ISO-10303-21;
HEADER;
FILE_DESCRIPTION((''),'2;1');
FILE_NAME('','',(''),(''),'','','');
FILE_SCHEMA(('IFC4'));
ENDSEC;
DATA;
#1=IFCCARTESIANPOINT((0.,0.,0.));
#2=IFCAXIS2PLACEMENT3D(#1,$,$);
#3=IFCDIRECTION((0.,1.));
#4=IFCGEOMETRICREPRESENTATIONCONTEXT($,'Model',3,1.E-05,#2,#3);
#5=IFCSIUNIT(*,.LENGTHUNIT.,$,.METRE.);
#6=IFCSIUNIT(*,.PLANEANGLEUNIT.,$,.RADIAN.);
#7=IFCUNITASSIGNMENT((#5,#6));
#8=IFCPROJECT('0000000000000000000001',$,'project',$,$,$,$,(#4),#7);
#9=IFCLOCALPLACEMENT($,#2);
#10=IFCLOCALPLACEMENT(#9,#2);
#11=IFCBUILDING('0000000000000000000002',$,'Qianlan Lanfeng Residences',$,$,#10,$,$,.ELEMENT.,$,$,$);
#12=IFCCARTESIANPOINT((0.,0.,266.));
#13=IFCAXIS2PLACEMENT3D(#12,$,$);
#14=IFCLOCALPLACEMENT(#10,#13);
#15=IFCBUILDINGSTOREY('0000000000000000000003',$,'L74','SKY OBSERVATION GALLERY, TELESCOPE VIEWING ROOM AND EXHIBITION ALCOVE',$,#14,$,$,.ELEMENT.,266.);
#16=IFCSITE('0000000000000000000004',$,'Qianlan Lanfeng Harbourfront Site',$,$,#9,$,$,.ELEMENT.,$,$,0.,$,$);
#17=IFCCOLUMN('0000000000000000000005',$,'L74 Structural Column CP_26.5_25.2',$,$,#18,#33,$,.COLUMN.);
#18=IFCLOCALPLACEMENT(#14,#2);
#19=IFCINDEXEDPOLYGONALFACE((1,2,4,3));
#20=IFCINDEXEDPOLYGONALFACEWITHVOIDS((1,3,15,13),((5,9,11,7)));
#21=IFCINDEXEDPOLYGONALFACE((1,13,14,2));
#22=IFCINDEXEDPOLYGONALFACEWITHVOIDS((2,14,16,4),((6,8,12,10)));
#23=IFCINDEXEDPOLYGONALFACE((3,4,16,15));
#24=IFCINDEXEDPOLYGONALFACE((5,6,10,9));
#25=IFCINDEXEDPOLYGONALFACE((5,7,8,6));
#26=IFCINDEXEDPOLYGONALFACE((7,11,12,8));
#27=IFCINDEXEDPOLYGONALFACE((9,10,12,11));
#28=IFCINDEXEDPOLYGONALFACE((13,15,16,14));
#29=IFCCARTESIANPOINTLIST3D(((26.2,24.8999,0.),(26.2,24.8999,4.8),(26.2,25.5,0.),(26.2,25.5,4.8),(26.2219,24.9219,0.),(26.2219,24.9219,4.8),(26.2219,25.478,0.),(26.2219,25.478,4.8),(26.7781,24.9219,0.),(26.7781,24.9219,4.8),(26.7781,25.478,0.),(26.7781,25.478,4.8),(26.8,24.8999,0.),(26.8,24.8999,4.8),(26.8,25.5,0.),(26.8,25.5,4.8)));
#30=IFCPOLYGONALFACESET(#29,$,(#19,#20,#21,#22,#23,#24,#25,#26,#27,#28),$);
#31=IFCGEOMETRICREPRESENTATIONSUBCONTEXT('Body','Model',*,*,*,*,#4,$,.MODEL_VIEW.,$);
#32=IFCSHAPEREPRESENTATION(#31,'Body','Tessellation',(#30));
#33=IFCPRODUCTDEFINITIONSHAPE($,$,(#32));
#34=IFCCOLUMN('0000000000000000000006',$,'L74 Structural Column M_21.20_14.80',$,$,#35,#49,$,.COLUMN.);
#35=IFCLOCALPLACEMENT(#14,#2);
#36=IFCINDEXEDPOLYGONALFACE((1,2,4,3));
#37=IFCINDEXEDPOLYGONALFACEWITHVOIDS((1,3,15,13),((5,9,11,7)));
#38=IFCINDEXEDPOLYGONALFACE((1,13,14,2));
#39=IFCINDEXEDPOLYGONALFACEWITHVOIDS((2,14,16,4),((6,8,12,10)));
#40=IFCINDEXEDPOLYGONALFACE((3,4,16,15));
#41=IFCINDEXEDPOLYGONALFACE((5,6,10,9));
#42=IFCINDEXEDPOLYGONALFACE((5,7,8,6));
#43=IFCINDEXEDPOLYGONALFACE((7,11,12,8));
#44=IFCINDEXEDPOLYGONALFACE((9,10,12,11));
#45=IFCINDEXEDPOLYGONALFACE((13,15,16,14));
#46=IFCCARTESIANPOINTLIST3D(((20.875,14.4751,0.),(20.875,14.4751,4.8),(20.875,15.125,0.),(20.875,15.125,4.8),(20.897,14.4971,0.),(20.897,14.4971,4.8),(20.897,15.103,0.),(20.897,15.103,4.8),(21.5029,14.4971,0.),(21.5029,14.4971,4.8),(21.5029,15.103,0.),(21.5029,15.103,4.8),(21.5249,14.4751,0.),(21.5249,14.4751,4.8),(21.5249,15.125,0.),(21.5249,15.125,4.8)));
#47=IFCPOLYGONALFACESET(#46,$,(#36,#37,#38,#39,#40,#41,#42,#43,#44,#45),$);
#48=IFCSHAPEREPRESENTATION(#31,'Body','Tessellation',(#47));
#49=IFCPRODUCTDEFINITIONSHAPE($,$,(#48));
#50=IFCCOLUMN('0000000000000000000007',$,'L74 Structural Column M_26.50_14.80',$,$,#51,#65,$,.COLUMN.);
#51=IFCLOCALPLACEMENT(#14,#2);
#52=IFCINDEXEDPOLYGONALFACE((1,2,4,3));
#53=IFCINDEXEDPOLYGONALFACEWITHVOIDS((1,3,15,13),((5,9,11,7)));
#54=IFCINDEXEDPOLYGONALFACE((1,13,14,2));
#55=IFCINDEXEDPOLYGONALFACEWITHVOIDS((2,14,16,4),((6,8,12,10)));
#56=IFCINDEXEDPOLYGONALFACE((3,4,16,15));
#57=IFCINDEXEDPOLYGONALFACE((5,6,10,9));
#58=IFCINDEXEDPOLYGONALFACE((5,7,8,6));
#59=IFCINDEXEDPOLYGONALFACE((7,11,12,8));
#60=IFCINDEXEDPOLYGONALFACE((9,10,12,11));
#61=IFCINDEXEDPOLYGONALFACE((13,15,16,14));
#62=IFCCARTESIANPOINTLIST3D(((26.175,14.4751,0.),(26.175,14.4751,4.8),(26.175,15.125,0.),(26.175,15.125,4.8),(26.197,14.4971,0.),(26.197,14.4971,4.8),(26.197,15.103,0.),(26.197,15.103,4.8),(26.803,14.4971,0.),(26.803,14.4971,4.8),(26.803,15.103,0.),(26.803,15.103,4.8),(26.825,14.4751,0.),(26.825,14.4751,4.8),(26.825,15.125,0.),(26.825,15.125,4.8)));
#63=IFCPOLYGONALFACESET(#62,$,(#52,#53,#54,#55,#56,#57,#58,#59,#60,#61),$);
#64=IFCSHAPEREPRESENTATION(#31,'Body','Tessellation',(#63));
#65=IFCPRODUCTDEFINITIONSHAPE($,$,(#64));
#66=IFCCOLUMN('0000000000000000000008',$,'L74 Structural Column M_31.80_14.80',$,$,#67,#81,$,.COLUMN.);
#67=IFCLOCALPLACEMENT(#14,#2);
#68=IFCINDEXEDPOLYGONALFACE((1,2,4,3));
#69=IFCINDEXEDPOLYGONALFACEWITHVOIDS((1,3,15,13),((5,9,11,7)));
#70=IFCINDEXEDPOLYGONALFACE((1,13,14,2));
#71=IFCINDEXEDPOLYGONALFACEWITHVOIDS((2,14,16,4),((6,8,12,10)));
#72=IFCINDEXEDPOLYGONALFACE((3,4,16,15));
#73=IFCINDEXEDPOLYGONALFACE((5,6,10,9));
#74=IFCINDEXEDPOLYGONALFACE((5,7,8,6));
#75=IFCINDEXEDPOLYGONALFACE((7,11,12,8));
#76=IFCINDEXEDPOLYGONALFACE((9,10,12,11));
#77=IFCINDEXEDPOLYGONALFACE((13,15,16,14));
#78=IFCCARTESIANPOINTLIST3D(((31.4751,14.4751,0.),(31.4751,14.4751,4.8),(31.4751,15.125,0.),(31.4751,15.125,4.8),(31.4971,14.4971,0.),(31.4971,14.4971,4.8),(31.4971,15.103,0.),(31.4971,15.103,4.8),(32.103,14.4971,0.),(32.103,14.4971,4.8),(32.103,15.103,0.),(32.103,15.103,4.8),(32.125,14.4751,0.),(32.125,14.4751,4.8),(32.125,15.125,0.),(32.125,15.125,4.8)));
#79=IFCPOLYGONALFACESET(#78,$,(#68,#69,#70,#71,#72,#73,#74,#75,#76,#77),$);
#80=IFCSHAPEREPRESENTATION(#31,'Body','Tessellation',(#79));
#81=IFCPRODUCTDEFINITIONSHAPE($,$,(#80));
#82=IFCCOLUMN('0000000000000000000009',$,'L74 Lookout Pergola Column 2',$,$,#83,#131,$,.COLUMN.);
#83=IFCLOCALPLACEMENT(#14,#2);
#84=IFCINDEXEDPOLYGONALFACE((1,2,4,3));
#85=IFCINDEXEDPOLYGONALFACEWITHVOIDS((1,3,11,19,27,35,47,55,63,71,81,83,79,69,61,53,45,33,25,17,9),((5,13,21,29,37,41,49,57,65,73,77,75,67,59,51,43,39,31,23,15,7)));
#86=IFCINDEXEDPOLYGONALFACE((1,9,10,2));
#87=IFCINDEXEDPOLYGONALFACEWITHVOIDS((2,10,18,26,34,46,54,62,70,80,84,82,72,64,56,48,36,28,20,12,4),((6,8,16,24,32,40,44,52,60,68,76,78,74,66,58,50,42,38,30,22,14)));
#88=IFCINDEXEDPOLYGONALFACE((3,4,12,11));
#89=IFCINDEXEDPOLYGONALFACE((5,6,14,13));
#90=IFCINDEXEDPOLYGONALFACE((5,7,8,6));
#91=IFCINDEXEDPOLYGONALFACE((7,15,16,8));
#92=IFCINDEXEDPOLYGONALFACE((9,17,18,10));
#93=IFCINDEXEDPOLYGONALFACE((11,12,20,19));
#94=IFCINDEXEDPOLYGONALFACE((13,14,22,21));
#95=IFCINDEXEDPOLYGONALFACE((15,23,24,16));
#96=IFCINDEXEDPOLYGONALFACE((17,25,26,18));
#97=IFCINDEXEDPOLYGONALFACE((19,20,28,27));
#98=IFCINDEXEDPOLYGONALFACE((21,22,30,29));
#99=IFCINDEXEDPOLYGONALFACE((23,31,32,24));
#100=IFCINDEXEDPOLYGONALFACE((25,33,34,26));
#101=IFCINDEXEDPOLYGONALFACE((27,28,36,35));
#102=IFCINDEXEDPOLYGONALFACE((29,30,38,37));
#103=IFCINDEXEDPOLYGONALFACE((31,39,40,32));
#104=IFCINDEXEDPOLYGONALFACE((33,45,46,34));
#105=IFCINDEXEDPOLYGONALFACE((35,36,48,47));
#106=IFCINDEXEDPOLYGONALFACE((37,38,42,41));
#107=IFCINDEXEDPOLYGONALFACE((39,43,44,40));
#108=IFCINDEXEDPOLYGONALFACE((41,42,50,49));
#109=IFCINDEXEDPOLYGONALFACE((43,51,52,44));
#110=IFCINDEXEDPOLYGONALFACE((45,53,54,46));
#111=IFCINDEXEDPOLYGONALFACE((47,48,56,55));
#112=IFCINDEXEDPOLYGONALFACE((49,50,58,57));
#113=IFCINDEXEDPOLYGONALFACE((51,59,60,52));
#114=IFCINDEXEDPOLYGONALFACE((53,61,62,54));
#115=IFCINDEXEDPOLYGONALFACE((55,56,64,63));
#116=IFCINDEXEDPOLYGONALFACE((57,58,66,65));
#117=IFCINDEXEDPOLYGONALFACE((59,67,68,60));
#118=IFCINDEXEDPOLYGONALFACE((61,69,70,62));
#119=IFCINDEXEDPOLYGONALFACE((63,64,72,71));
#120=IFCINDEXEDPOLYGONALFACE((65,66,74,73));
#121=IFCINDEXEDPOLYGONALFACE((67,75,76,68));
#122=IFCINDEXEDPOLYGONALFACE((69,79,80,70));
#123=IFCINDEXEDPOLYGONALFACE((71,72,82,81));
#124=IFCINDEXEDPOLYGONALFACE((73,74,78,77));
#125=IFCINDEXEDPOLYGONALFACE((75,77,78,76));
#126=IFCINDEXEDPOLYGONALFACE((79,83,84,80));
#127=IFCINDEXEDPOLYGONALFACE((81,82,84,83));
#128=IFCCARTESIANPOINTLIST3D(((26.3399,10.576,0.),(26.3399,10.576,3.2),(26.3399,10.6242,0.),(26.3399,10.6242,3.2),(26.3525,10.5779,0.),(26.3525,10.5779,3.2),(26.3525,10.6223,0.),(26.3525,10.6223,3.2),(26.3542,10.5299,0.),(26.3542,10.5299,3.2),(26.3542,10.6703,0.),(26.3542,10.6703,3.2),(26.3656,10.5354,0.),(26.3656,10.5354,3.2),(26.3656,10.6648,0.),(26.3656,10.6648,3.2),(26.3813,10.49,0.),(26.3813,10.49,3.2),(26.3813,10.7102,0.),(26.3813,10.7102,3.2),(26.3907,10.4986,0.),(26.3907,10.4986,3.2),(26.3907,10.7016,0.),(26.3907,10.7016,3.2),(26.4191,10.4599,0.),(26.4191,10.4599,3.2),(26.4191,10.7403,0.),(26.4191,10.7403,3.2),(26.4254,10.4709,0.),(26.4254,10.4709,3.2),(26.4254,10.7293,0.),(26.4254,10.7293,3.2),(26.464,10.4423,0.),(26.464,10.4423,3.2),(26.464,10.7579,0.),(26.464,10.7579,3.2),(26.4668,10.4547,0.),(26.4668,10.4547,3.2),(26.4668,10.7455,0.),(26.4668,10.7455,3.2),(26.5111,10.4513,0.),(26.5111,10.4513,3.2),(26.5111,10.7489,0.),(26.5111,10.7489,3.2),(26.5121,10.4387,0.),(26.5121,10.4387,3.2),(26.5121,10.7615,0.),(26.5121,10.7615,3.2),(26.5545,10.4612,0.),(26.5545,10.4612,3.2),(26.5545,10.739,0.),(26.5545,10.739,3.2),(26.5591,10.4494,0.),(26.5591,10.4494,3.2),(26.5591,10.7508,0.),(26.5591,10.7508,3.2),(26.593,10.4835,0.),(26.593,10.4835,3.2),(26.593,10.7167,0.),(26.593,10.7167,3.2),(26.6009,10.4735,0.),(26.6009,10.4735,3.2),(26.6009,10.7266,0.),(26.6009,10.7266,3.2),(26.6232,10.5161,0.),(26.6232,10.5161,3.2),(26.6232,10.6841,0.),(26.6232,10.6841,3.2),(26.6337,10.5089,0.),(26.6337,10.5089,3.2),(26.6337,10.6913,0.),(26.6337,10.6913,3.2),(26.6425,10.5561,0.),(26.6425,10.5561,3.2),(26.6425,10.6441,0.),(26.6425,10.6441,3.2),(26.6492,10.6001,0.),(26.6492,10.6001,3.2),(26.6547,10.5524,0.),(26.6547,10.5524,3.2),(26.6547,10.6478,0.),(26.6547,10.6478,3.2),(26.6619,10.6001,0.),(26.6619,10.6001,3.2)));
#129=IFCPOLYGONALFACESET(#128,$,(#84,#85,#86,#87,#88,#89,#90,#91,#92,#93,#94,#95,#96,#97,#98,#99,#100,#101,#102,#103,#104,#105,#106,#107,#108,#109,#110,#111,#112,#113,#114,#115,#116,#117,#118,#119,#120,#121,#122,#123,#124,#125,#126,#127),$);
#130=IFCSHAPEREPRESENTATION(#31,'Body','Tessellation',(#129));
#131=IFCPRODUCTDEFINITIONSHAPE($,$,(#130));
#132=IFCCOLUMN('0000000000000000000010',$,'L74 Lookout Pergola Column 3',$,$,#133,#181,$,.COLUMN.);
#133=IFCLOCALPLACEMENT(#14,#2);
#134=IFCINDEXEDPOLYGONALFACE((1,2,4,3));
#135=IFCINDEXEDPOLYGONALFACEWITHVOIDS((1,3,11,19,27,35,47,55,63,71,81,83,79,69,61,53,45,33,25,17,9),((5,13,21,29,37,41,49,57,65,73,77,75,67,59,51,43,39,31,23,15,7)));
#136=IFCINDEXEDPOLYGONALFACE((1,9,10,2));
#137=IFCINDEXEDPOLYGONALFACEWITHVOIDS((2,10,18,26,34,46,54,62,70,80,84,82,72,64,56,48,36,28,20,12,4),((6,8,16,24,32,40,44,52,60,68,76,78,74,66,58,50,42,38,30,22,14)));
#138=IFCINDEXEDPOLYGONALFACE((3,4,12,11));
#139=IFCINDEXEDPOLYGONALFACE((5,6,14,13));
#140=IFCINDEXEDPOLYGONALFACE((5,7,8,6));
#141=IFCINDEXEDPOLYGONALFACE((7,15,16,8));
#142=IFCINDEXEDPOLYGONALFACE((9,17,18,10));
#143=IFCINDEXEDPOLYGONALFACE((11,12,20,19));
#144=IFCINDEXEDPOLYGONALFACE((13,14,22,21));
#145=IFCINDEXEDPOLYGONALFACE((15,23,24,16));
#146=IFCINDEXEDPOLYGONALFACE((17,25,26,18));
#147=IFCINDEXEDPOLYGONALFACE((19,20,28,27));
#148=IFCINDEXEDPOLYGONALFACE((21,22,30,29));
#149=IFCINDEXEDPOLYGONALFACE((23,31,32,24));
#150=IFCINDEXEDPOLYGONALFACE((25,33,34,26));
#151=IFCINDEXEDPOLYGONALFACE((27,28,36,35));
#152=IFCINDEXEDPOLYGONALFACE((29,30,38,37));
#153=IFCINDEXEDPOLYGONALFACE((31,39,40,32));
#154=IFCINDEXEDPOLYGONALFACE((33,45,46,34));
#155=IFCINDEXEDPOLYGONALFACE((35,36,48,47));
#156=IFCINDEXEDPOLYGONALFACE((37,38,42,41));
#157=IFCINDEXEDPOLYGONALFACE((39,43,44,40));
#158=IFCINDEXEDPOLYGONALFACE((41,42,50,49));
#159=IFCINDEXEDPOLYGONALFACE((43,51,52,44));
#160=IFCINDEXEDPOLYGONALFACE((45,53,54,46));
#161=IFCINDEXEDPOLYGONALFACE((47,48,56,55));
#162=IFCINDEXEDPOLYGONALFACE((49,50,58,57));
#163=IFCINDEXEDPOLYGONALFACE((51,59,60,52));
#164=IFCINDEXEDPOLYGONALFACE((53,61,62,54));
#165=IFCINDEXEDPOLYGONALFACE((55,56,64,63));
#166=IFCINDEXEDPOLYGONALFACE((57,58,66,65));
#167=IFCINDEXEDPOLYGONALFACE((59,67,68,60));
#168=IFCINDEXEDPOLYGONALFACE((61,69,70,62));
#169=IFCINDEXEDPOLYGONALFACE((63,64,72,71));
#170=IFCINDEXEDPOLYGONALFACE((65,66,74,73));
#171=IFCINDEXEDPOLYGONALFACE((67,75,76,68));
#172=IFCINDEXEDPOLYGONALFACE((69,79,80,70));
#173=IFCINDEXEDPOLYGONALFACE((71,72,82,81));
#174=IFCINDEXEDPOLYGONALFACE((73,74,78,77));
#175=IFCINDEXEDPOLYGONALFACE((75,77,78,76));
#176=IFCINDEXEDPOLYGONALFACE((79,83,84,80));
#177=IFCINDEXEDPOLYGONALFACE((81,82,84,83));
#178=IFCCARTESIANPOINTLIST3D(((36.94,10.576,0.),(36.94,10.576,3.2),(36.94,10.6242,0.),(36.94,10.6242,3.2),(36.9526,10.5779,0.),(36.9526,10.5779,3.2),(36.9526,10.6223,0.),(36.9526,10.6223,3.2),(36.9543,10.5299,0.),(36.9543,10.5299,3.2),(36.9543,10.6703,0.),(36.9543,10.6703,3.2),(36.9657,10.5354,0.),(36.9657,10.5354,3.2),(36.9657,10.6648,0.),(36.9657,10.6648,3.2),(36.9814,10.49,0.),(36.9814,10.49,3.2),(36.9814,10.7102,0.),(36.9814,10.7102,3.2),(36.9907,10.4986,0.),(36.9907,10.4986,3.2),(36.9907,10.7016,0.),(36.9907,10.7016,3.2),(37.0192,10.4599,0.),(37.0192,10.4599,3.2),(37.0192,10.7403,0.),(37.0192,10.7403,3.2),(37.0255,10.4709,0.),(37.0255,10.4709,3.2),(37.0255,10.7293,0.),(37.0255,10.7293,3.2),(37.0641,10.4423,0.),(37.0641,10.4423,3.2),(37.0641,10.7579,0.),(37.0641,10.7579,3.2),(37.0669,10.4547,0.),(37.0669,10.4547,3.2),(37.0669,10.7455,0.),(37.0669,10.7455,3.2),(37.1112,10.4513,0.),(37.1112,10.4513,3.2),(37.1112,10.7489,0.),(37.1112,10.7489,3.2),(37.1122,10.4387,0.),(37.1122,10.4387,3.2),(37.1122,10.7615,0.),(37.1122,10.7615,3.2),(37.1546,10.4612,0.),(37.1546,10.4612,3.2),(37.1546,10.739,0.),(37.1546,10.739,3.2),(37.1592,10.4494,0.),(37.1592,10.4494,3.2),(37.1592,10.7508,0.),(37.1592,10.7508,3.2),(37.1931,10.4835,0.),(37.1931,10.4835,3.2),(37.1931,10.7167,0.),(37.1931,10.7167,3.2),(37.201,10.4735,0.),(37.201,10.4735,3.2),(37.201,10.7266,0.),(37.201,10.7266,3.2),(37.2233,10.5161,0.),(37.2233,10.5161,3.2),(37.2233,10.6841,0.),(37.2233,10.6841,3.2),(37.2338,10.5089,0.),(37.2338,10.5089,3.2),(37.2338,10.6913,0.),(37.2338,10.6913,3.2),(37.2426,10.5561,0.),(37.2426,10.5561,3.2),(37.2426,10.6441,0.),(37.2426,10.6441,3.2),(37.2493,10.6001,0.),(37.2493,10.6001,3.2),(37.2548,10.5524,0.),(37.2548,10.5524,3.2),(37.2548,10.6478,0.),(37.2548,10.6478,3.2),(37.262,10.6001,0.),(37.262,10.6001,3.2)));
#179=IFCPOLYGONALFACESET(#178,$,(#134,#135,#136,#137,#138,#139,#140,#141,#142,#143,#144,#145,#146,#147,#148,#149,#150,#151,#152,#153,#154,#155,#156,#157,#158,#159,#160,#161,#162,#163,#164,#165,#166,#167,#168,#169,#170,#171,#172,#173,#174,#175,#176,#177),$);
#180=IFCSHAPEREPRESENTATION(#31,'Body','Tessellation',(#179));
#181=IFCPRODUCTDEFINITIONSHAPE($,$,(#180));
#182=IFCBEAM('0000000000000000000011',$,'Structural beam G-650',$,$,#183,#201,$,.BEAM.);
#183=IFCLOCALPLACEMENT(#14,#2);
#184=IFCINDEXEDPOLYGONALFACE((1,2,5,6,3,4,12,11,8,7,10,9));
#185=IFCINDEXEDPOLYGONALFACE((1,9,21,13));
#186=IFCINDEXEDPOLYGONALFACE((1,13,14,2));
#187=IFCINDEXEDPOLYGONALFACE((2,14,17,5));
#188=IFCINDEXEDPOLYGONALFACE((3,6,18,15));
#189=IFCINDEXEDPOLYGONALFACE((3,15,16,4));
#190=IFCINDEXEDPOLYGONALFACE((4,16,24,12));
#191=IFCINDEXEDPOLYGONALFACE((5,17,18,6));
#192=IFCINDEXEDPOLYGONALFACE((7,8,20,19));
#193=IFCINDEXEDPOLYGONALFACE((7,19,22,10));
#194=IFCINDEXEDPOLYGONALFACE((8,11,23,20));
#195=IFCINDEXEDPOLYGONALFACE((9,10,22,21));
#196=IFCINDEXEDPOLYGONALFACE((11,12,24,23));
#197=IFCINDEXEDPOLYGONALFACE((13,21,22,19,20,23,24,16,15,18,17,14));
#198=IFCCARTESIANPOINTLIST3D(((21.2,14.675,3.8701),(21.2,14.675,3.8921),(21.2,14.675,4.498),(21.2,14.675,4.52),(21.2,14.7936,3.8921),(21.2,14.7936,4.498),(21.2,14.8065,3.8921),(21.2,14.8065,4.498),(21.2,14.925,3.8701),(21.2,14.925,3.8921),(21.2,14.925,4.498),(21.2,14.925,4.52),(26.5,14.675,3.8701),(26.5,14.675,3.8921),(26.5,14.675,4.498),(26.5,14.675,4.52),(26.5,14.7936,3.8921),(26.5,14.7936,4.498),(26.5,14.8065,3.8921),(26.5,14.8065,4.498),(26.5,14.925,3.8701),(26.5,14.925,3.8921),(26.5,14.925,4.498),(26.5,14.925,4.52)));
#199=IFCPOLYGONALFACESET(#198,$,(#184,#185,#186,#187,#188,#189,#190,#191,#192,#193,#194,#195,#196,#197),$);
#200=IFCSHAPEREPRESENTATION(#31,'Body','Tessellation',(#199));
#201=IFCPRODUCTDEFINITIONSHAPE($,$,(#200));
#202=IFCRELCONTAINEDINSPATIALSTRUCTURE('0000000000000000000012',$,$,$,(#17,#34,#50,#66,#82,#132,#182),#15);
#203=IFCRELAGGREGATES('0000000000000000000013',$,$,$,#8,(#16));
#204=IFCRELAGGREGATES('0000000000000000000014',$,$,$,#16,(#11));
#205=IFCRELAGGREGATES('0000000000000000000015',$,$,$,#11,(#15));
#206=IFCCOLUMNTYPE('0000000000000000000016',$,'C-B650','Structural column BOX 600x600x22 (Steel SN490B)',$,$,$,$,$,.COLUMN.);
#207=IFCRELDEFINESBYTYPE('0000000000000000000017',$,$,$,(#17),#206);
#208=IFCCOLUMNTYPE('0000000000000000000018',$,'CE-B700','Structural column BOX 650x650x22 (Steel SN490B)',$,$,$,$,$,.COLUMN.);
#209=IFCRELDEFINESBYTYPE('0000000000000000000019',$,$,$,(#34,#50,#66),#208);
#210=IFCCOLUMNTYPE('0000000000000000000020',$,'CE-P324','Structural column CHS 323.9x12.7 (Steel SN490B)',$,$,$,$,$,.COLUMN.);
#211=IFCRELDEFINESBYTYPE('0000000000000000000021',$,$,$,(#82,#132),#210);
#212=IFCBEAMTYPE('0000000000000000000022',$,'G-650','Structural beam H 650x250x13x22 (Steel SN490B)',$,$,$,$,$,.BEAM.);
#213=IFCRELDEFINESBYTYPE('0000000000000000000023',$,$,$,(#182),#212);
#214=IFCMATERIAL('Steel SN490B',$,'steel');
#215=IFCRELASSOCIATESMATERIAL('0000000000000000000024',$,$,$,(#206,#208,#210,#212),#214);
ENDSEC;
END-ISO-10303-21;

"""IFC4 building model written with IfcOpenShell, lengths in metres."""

from ifc_helpers import new_model, si_unit, direction, frame, origin, origin_2d, place, context, subcontext, project, spatial, hollow_rectangle, hollow_circle, i_section, extrude, material, material_profile, profile_set, type_object, element, save


model = new_model("IFC4")

# Units and contexts
model_context = context("Model", 3, precision=1e-05, world=origin(), true_north=direction((0.0, 1.0)))
body_context = subcontext(model_context, "Body", "Model", "MODEL_VIEW")
ifc_project = project(units=[si_unit("LENGTHUNIT", "METRE"), si_unit("PLANEANGLEUNIT", "RADIAN")], contexts=[model_context])

# Site, building, storey
site_placement = place(None, origin())
site = spatial("IfcSite", under=ifc_project, at=site_placement, Name="Qianlan Lanfeng Harbourfront Site", CompositionType="ELEMENT", RefElevation=0.0)
building_placement = place(site_placement, origin())
building = spatial("IfcBuilding", under=site, at=building_placement, Name="Qianlan Lanfeng Residences", CompositionType="ELEMENT")
storey_placement = place(building_placement, frame((0.0, 0.0, 266.0)))
storey = spatial("IfcBuildingStorey", under=building, at=storey_placement, Name="L74", Description="SKY OBSERVATION GALLERY, TELESCOPE VIEWING ROOM AND EXHIBITION ALCOVE", CompositionType="ELEMENT", Elevation=266.0)

# Columns
ifc_material_1 = material(Name="Steel SN490B", Category="steel")
ifc_material_profile_1 = material_profile(ifc_material_1, hollow_rectangle(XDim=0.6001, YDim=0.6001, WallThickness=0.022, at=origin_2d()), Name="BOX 600x600x22")
ifc_profile_set_1 = profile_set([ifc_material_profile_1], Name="Steel SN490B")
column_type_1 = type_object("IfcColumnType", Name="C-B650", Description="Structural column BOX 600x600x22 (Steel SN490B)", PredefinedType="COLUMN", material=ifc_profile_set_1)
column_placement = place(storey_placement, frame((26.5, 25.2, 0.0), z_axis=(0.0, 0.0, 1.0), x_axis=(1.0, 0.0, 0.0)))
element("IfcColumn", 1, at=column_placement, inside=storey, type_object=column_type_1, Name="L74 Structural Column CP_26.5_25.2", PredefinedType="COLUMN", context=body_context, shape_type="SweptSolid", body=[
    extrude(hollow_rectangle(XDim=0.6001, YDim=0.6001, WallThickness=0.022, at=origin_2d()), origin(), (0.0, 0.0, 1.0), 4.8),
])
ifc_material_profile_2 = material_profile(ifc_material_1, hollow_rectangle(XDim=0.6499, YDim=0.6499, WallThickness=0.022, at=origin_2d()), Name="BOX 650x650x22")
ifc_profile_set_2 = profile_set([ifc_material_profile_2], Name="Steel SN490B")
column_type_2 = type_object("IfcColumnType", Name="CE-B700", Description="Structural column BOX 650x650x22 (Steel SN490B)", PredefinedType="COLUMN", material=ifc_profile_set_2)
for number, where, z_axis, x_axis, name in (
    (2, (21.2, 14.8, 0.0), (0.0, 0.0, 1.0), (1.0, 0.0, 0.0), "L74 Structural Column M_21.20_14.80"),
    (3, (26.5, 14.8, 0.0), (0.0, 0.0, 1.0), (1.0, 0.0, 0.0), "L74 Structural Column M_26.50_14.80"),
    (4, (31.8, 14.8, 0.0), (0.0, 0.0, 1.0), (1.0, 0.0, 0.0), "L74 Structural Column M_31.80_14.80"),
):
    element("IfcColumn", number, at=place(storey_placement, frame(where, z_axis=z_axis, x_axis=x_axis)), inside=storey, type_object=column_type_2, Name=name, PredefinedType="COLUMN", context=body_context, shape_type="SweptSolid", body=[
        extrude(hollow_rectangle(XDim=0.6499, YDim=0.6499, WallThickness=0.022, at=origin_2d()), origin(), (0.0, 0.0, 1.0), 4.8),
    ])
ifc_material_profile_3 = material_profile(ifc_material_1, hollow_circle(Radius=0.1619, WallThickness=0.0127, at=origin_2d()), Name="CHS 323.9x12.7")
ifc_profile_set_3 = profile_set([ifc_material_profile_3], Name="Steel SN490B")
column_type_3 = type_object("IfcColumnType", Name="CE-P324", Description="Structural column CHS 323.9x12.7 (Steel SN490B)", PredefinedType="COLUMN", material=ifc_profile_set_3)
for number, where, z_axis, x_axis, name in (
    (5, (26.5, 10.6001, 0.0), (0.0, 0.0, 1.0), (1.0, 0.0, 0.0), "L74 Lookout Pergola Column 2"),
    (6, (37.1001, 10.6001, 0.0), (0.0, 0.0, 1.0), (1.0, 0.0, 0.0), "L74 Lookout Pergola Column 3"),
):
    element("IfcColumn", number, at=place(storey_placement, frame(where, z_axis=z_axis, x_axis=x_axis)), inside=storey, type_object=column_type_3, Name=name, PredefinedType="COLUMN", context=body_context, shape_type="SweptSolid", body=[
        extrude(hollow_circle(Radius=0.1619, WallThickness=0.0127, at=origin_2d()), origin(), (0.0, 0.0, 1.0), 3.2),
    ])

# Beam
ifc_material_profile_4 = material_profile(ifc_material_1, i_section(OverallWidth=0.25, OverallDepth=0.6499, WebThickness=0.0129, FlangeThickness=0.022, at=origin_2d()), Name="H 650x250x13x22")
ifc_profile_set_4 = profile_set([ifc_material_profile_4], Name="Steel SN490B")
beam_type_1 = type_object("IfcBeamType", Name="G-650", Description="Structural beam H 650x250x13x22 (Steel SN490B)", PredefinedType="BEAM", material=ifc_profile_set_4)
for number, where, z_axis, x_axis, name in (
    (7, (21.2, 14.8, 4.1951), (1.0, 0.0, 0.0), (0.0, 1.0, 0.0), "Structural beam G-650"),
):
    element("IfcBeam", number, at=place(storey_placement, frame(where, z_axis=z_axis, x_axis=x_axis)), inside=storey, type_object=beam_type_1, Name=name, PredefinedType="BEAM", context=body_context, shape_type="SweptSolid", body=[
        extrude(i_section(OverallWidth=0.25, OverallDepth=0.6499, WebThickness=0.0129, FlangeThickness=0.022, at=origin_2d()), origin(), (0.0, 0.0, 1.0), 5.3),
    ])

save(model, "model.ifc")
